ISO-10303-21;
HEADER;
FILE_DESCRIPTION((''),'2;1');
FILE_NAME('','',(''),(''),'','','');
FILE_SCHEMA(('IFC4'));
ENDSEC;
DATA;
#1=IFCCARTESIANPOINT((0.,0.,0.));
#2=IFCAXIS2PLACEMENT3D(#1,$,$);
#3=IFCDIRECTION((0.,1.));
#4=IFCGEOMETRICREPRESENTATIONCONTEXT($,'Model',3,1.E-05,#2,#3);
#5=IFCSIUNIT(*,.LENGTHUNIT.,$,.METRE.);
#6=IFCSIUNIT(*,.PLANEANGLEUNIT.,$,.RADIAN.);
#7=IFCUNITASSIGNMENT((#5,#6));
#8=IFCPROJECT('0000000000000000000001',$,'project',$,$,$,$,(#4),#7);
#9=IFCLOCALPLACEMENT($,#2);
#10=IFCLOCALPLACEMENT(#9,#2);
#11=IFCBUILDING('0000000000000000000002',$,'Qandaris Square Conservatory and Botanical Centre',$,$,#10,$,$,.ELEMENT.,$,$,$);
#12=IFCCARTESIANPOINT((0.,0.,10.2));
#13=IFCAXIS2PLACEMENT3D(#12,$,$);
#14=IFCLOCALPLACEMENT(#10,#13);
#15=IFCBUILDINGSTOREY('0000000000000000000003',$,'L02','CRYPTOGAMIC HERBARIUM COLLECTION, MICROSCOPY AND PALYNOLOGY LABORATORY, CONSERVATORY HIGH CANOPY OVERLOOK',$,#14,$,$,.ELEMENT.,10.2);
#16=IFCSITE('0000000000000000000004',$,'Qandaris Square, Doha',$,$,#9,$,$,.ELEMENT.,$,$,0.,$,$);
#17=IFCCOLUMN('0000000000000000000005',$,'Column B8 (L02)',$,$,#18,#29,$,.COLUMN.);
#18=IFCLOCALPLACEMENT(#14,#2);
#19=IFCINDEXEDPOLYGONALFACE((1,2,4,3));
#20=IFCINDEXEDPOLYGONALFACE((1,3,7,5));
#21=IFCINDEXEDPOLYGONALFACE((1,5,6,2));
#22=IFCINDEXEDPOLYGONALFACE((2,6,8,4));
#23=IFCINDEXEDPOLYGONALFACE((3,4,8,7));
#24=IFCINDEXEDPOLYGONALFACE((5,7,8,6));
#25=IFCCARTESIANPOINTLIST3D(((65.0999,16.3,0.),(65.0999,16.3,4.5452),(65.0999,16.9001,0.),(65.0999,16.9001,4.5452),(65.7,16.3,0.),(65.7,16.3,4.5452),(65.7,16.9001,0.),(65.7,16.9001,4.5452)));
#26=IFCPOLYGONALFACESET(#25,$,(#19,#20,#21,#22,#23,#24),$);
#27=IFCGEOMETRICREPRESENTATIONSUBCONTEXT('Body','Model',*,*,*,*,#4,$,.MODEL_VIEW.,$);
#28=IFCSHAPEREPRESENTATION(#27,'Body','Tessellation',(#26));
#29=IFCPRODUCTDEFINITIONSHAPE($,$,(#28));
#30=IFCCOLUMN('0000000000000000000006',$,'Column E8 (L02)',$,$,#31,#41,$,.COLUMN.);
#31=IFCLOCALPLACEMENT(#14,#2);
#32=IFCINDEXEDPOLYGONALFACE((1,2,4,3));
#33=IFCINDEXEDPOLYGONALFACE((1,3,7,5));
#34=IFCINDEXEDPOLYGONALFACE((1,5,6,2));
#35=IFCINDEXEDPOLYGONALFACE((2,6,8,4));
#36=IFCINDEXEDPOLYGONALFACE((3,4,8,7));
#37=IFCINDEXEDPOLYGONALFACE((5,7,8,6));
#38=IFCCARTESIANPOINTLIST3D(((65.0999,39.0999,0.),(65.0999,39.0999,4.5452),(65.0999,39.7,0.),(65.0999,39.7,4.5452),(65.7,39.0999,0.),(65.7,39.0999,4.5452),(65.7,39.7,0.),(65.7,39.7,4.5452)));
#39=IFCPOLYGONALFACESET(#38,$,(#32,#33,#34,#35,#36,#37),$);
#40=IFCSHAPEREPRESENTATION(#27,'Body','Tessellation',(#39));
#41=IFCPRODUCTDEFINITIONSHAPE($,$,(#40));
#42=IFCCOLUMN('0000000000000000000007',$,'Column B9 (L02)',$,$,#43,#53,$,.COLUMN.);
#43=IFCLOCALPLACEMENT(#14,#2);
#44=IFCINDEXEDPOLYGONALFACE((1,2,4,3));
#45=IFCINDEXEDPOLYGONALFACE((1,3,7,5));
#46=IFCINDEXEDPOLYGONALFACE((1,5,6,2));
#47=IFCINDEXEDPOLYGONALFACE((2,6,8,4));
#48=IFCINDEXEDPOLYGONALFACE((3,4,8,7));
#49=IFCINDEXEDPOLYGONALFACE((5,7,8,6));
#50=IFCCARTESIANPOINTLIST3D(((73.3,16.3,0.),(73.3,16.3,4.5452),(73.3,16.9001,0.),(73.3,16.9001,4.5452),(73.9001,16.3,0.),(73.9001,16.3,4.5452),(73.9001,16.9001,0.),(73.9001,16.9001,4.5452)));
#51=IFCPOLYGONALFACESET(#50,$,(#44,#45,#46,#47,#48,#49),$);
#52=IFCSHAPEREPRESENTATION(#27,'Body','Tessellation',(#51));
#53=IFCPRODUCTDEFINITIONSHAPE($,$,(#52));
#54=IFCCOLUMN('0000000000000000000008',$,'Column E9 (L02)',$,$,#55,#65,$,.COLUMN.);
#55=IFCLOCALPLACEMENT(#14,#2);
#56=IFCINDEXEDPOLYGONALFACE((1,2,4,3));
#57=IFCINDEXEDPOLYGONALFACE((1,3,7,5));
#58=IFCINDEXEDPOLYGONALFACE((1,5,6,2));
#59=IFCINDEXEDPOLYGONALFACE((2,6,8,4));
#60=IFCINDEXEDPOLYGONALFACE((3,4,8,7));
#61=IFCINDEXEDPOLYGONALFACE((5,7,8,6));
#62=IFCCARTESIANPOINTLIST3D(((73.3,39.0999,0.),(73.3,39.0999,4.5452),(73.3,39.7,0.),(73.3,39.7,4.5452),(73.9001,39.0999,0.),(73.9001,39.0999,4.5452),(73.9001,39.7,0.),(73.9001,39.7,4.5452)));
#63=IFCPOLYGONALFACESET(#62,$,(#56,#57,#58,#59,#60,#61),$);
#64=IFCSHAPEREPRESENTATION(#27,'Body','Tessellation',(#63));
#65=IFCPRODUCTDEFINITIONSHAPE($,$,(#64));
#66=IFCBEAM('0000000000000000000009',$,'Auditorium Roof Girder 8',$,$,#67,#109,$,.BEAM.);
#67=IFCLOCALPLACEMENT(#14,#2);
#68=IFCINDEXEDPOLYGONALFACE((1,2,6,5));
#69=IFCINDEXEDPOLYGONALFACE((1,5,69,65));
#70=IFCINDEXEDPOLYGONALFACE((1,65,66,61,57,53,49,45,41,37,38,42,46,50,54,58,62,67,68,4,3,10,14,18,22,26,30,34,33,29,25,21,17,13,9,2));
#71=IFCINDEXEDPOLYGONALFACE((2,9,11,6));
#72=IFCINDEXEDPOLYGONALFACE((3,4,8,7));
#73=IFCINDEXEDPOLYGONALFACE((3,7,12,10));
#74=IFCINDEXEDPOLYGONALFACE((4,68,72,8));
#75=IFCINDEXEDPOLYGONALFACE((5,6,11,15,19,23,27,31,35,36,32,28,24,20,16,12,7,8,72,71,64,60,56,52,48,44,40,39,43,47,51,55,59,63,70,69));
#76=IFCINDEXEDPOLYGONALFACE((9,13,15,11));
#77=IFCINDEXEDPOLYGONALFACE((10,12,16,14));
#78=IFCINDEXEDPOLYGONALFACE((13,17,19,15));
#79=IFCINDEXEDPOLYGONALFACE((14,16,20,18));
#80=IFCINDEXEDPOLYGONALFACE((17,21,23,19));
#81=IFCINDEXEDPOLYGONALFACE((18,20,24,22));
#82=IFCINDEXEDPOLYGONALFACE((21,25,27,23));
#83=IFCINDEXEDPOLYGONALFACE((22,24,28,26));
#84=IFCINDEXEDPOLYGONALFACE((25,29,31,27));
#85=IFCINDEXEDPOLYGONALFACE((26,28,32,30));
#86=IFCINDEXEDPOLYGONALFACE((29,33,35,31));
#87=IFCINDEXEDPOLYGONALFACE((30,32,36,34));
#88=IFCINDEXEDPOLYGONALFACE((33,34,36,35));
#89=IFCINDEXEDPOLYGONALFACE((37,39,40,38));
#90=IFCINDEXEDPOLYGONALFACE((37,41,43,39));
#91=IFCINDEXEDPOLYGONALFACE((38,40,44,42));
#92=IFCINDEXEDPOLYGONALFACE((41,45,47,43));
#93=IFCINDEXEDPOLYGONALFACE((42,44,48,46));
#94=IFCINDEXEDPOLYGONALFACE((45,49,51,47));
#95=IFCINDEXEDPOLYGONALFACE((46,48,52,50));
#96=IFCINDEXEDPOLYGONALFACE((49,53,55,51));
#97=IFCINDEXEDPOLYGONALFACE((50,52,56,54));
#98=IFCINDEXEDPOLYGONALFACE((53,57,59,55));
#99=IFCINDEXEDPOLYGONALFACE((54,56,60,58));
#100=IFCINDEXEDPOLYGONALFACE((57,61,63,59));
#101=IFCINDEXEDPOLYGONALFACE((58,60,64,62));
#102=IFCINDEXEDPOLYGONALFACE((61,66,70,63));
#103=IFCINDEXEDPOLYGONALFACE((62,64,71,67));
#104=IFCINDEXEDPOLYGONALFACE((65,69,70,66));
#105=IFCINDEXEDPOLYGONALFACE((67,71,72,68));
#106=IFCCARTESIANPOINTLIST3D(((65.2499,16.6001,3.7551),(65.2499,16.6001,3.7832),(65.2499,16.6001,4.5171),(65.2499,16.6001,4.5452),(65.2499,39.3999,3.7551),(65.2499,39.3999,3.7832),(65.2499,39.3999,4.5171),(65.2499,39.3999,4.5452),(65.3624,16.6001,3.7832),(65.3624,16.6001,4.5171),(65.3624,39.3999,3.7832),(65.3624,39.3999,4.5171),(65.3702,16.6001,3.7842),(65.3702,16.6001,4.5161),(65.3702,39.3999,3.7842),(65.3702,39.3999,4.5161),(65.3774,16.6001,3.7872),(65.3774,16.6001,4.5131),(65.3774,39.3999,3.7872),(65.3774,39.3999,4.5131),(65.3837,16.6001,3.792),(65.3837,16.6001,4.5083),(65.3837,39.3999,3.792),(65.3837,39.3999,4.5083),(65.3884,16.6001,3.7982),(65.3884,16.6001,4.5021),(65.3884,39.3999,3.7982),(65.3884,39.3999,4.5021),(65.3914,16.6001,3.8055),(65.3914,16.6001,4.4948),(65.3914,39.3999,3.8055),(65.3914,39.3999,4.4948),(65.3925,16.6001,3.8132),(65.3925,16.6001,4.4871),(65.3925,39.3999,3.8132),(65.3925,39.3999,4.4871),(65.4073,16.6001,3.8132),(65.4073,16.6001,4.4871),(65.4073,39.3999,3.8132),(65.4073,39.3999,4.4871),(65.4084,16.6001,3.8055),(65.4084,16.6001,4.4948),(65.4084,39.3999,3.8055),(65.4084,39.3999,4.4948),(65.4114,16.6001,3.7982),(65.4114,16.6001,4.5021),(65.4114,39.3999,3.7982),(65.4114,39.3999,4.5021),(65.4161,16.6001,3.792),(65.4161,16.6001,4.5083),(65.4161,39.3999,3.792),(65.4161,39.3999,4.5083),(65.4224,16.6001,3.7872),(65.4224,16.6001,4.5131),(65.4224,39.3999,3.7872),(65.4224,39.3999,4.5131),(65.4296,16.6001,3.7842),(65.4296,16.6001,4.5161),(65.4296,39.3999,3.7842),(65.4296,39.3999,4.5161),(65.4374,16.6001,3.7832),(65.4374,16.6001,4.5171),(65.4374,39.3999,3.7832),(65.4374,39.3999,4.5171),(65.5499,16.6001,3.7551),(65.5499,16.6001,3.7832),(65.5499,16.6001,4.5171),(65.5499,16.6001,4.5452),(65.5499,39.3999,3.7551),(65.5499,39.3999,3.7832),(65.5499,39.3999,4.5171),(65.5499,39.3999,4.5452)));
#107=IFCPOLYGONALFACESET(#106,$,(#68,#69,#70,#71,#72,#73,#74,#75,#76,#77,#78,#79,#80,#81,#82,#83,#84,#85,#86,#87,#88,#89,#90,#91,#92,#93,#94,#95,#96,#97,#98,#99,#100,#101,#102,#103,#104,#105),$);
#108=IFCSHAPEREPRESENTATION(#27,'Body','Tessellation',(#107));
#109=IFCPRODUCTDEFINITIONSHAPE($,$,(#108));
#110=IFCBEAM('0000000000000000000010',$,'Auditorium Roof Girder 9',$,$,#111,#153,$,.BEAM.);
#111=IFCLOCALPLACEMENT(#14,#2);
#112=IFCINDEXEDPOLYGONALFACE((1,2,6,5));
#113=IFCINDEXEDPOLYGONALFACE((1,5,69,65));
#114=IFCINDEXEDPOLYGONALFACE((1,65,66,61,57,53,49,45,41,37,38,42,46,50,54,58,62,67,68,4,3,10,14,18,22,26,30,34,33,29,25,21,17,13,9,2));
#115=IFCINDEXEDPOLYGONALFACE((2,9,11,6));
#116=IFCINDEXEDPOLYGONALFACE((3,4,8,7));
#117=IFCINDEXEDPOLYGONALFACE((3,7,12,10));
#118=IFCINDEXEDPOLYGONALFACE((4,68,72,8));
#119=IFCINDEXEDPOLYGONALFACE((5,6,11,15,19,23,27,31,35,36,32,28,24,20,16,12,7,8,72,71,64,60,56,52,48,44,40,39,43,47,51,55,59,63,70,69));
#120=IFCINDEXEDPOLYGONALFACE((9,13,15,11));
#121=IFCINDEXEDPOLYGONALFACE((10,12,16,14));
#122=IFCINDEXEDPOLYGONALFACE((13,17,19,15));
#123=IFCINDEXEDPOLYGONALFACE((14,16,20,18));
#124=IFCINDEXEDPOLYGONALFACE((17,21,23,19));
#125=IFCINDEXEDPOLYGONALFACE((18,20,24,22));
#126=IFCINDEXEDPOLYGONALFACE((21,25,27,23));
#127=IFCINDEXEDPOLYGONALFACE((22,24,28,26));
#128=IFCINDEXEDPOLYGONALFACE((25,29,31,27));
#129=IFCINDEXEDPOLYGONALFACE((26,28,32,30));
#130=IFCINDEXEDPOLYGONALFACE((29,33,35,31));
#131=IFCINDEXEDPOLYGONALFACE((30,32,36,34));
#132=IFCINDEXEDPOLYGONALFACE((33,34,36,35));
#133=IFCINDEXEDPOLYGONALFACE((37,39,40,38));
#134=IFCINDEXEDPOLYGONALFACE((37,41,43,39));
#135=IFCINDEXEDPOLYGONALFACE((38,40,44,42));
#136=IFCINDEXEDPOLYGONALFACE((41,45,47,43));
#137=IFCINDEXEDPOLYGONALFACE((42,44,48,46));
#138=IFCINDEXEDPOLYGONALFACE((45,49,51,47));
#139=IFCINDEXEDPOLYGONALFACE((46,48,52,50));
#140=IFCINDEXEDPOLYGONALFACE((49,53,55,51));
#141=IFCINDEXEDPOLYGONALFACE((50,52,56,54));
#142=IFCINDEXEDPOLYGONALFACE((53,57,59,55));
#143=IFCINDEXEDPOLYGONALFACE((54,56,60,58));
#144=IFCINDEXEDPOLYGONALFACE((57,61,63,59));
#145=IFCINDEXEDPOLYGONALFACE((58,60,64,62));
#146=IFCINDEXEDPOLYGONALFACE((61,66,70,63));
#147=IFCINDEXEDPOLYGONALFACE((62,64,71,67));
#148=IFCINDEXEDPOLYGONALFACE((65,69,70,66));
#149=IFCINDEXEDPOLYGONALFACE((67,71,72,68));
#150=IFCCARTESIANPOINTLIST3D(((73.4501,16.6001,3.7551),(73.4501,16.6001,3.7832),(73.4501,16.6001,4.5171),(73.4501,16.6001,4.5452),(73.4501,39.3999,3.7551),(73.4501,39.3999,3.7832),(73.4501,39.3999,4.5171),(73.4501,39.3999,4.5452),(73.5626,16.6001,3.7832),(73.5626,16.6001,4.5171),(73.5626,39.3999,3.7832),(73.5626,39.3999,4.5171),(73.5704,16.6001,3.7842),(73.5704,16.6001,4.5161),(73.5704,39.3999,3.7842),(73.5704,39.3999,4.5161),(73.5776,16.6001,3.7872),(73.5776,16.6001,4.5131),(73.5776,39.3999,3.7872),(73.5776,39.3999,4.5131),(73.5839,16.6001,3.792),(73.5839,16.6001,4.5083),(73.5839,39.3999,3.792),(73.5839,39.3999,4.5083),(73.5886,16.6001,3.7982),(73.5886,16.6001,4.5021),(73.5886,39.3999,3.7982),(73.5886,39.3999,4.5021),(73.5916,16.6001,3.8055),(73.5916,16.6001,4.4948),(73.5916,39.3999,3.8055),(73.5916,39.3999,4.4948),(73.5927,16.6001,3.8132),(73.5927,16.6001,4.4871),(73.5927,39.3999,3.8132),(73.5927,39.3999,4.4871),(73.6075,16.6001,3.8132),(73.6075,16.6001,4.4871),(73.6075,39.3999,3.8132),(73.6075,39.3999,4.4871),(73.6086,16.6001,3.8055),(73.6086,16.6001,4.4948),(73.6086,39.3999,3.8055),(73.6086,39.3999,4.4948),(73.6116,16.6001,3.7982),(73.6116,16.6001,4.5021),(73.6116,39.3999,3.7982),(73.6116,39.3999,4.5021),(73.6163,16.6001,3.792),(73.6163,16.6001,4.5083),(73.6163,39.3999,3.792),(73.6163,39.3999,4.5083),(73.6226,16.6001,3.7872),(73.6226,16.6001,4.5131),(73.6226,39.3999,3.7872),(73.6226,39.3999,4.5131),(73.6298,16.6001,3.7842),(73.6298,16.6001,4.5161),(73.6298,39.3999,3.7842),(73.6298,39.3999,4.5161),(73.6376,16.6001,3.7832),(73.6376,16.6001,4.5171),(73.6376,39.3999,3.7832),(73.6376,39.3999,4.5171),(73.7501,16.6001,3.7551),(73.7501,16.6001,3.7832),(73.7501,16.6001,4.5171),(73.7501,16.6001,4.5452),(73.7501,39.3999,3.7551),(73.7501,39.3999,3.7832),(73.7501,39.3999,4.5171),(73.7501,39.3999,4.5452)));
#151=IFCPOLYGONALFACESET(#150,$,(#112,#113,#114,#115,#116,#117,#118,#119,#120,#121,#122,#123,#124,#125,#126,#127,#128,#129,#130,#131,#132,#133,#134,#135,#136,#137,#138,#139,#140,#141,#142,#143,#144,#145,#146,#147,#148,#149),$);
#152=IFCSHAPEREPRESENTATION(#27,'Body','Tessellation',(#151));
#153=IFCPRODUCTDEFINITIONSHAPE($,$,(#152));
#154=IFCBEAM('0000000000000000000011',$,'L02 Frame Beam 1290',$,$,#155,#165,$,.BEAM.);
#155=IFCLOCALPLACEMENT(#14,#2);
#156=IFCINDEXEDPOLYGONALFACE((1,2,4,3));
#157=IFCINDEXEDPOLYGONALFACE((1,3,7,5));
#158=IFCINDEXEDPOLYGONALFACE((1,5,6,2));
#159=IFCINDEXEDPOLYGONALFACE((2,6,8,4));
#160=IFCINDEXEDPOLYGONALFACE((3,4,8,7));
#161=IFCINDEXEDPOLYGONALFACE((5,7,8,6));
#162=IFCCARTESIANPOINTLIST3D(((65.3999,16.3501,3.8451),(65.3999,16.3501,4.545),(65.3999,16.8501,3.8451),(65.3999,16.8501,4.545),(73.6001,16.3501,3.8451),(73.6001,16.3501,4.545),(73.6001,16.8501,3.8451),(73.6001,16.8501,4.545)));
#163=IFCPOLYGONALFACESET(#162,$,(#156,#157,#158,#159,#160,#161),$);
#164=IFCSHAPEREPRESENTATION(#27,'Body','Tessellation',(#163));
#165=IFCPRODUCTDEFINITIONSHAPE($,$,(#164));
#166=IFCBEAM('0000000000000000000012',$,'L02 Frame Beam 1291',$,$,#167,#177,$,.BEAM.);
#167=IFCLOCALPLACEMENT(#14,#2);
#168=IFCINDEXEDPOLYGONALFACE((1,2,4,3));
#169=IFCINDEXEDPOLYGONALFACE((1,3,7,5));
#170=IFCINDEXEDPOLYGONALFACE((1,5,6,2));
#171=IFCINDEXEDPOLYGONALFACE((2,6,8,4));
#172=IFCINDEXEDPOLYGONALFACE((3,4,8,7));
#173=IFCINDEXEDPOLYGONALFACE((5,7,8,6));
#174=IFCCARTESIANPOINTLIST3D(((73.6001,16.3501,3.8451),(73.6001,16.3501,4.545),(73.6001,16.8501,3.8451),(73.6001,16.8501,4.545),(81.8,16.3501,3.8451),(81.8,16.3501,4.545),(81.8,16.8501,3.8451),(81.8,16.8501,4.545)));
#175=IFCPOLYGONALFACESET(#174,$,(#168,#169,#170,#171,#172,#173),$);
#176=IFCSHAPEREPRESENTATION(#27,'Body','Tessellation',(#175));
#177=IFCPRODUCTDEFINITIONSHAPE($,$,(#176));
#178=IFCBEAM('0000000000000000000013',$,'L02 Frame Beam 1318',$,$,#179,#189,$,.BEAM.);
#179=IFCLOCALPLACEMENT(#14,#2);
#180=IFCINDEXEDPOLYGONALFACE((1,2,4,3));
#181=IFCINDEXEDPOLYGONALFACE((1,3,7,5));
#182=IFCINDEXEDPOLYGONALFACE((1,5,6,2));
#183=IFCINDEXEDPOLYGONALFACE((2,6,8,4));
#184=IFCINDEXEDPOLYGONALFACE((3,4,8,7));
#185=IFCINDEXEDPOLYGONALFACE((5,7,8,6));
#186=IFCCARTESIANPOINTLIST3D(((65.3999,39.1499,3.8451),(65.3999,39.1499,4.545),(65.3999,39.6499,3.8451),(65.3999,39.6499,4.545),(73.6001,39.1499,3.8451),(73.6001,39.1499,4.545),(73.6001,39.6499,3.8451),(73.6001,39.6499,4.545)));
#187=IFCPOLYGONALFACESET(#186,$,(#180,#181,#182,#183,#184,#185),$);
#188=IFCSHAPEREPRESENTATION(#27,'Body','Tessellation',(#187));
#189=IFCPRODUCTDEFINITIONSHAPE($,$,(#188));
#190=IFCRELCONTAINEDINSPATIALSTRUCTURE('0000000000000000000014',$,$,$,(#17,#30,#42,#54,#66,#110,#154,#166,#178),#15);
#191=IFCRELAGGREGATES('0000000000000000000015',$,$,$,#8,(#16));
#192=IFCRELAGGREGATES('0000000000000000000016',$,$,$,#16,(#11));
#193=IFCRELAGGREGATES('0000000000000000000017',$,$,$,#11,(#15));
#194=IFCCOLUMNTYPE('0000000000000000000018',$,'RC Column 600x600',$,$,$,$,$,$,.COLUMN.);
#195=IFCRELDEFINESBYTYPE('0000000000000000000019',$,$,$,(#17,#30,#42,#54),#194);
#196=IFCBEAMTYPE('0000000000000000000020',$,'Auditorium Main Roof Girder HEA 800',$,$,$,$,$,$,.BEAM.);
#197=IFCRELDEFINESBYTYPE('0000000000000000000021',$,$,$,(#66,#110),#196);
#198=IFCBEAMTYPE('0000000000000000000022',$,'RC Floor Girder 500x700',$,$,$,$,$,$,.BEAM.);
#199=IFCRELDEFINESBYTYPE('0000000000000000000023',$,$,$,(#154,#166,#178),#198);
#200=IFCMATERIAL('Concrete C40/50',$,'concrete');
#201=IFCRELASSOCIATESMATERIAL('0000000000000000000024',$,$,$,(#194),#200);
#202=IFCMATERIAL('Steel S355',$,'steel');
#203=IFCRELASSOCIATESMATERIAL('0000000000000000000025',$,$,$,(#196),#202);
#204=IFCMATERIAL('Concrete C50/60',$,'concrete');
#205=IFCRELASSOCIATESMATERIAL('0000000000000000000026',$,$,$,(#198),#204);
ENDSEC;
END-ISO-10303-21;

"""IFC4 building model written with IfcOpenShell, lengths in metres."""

from ifc_helpers import new_model, si_unit, direction, frame, origin, origin_2d, place, context, subcontext, project, spatial, rectangle, i_section, extrude, material, material_profile, profile_set, type_object, element, save


model = new_model("IFC4")

# Units and contexts
model_context = context("Model", 3, precision=1e-05, world=origin(), true_north=direction((0.0, 1.0)))
body_context = subcontext(model_context, "Body", "Model", "MODEL_VIEW")
ifc_project = project(units=[si_unit("LENGTHUNIT", "METRE"), si_unit("PLANEANGLEUNIT", "RADIAN")], contexts=[model_context])

# Site, building, storey
site_placement = place(None, origin())
site = spatial("IfcSite", under=ifc_project, at=site_placement, Name="Qandaris Square, Doha", CompositionType="ELEMENT", RefElevation=0.0)
building_placement = place(site_placement, origin())
building = spatial("IfcBuilding", under=site, at=building_placement, Name="Qandaris Square Conservatory and Botanical Centre", CompositionType="ELEMENT")
storey_placement = place(building_placement, frame((0.0, 0.0, 10.2)))
storey = spatial("IfcBuildingStorey", under=building, at=storey_placement, Name="L02", Description="CRYPTOGAMIC HERBARIUM COLLECTION, MICROSCOPY AND PALYNOLOGY LABORATORY, CONSERVATORY HIGH CANOPY OVERLOOK", CompositionType="ELEMENT", Elevation=10.2)

# Columns
ifc_material_1 = material(Name="Concrete C40/50", Category="concrete")
ifc_material_profile_1 = material_profile(ifc_material_1, rectangle(XDim=0.6001, YDim=0.6001, at=origin_2d()), Name="RC-COL 600x600")
ifc_profile_set_1 = profile_set([ifc_material_profile_1], Name="Concrete C40/50")
column_type = type_object("IfcColumnType", Name="RC Column 600x600", PredefinedType="COLUMN", material=ifc_profile_set_1)
for number, where, z_axis, x_axis, name in (
    (1, (65.3999, 16.6001, 0.0), (0.0, 0.0, 1.0), (1.0, 0.0, 0.0), "Column B8 (L02)"),
    (2, (65.3999, 39.3999, 0.0), (0.0, 0.0, 1.0), (1.0, 0.0, 0.0), "Column E8 (L02)"),
    (3, (73.6001, 16.6001, 0.0), (0.0, 0.0, 1.0), (1.0, 0.0, 0.0), "Column B9 (L02)"),
    (4, (73.6001, 39.3999, 0.0), (0.0, 0.0, 1.0), (1.0, 0.0, 0.0), "Column E9 (L02)"),
):
    element("IfcColumn", number, at=place(storey_placement, frame(where, z_axis=z_axis, x_axis=x_axis)), inside=storey, type_object=column_type, Name=name, PredefinedType="COLUMN", context=body_context, shape_type="SweptSolid", body=[
        extrude(rectangle(XDim=0.6001, YDim=0.6001, at=origin_2d()), origin(), (0.0, 0.0, 1.0), 4.5452),
    ])

# Beams
ifc_material_2 = material(Name="Steel S355", Category="steel")
ifc_material_profile_2 = material_profile(ifc_material_2, i_section(OverallWidth=0.3, OverallDepth=0.79, WebThickness=0.0149, FlangeThickness=0.0281, FilletRadius=0.03, at=origin_2d()), Name="HEA 800")
ifc_profile_set_2 = profile_set([ifc_material_profile_2], Name="Steel S355")
beam_type_1 = type_object("IfcBeamType", Name="Auditorium Main Roof Girder HEA 800", PredefinedType="BEAM", material=ifc_profile_set_2)
for number, where, z_axis, x_axis, name in (
    (5, (65.3999, 16.6001, 4.1501), (0.0, 1.0, 0.0), (-1.0, 0.0, 0.0), "Auditorium Roof Girder 8"),
    (6, (73.6001, 16.6001, 4.1501), (0.0, 1.0, 0.0), (-1.0, 0.0, 0.0), "Auditorium Roof Girder 9"),
):
    element("IfcBeam", number, at=place(storey_placement, frame(where, z_axis=z_axis, x_axis=x_axis)), inside=storey, type_object=beam_type_1, Name=name, PredefinedType="BEAM", context=body_context, shape_type="SweptSolid", body=[
        extrude(i_section(OverallWidth=0.3, OverallDepth=0.79, WebThickness=0.0149, FlangeThickness=0.0281, FilletRadius=0.03, at=origin_2d()), origin(), (0.0, 0.0, 1.0), 22.7998),
    ])
ifc_material_3 = material(Name="Concrete C50/60", Category="concrete")
ifc_material_profile_3 = material_profile(ifc_material_3, rectangle(XDim=0.5, YDim=0.7, at=origin_2d()), Name="RC-BM 500x700")
ifc_profile_set_3 = profile_set([ifc_material_profile_3], Name="Concrete C50/60")
beam_type_2 = type_object("IfcBeamType", Name="RC Floor Girder 500x700", PredefinedType="BEAM", material=ifc_profile_set_3)
beam_1_placement = place(storey_placement, frame((65.3999, 16.6001, 4.1951), z_axis=(1.0, 0.0, 0.0), x_axis=(0.0, 1.0, 0.0)))
element("IfcBeam", 7, at=beam_1_placement, inside=storey, type_object=beam_type_2, Name="L02 Frame Beam 1290", PredefinedType="BEAM", context=body_context, shape_type="SweptSolid", body=[
    extrude(rectangle(XDim=0.5, YDim=0.7, at=origin_2d()), origin(), (0.0, 0.0, 1.0), 8.2002),
])
beam_2_placement = place(storey_placement, frame((73.6001, 16.6001, 4.1951), z_axis=(1.0, 0.0, 0.0), x_axis=(0.0, 1.0, 0.0)))
element("IfcBeam", 8, at=beam_2_placement, inside=storey, type_object=beam_type_2, Name="L02 Frame Beam 1291", PredefinedType="BEAM", context=body_context, shape_type="SweptSolid", body=[
    extrude(rectangle(XDim=0.5, YDim=0.7, at=origin_2d()), origin(), (0.0, 0.0, 1.0), 8.2),
])
beam_3_placement = place(storey_placement, frame((65.3999, 39.3999, 4.1951), z_axis=(1.0, 0.0, 0.0), x_axis=(0.0, 1.0, 0.0)))
element("IfcBeam", 9, at=beam_3_placement, inside=storey, type_object=beam_type_2, Name="L02 Frame Beam 1318", PredefinedType="BEAM", context=body_context, shape_type="SweptSolid", body=[
    extrude(rectangle(XDim=0.5, YDim=0.7, at=origin_2d()), origin(), (0.0, 0.0, 1.0), 8.2002),
])

save(model, "model.ifc")
